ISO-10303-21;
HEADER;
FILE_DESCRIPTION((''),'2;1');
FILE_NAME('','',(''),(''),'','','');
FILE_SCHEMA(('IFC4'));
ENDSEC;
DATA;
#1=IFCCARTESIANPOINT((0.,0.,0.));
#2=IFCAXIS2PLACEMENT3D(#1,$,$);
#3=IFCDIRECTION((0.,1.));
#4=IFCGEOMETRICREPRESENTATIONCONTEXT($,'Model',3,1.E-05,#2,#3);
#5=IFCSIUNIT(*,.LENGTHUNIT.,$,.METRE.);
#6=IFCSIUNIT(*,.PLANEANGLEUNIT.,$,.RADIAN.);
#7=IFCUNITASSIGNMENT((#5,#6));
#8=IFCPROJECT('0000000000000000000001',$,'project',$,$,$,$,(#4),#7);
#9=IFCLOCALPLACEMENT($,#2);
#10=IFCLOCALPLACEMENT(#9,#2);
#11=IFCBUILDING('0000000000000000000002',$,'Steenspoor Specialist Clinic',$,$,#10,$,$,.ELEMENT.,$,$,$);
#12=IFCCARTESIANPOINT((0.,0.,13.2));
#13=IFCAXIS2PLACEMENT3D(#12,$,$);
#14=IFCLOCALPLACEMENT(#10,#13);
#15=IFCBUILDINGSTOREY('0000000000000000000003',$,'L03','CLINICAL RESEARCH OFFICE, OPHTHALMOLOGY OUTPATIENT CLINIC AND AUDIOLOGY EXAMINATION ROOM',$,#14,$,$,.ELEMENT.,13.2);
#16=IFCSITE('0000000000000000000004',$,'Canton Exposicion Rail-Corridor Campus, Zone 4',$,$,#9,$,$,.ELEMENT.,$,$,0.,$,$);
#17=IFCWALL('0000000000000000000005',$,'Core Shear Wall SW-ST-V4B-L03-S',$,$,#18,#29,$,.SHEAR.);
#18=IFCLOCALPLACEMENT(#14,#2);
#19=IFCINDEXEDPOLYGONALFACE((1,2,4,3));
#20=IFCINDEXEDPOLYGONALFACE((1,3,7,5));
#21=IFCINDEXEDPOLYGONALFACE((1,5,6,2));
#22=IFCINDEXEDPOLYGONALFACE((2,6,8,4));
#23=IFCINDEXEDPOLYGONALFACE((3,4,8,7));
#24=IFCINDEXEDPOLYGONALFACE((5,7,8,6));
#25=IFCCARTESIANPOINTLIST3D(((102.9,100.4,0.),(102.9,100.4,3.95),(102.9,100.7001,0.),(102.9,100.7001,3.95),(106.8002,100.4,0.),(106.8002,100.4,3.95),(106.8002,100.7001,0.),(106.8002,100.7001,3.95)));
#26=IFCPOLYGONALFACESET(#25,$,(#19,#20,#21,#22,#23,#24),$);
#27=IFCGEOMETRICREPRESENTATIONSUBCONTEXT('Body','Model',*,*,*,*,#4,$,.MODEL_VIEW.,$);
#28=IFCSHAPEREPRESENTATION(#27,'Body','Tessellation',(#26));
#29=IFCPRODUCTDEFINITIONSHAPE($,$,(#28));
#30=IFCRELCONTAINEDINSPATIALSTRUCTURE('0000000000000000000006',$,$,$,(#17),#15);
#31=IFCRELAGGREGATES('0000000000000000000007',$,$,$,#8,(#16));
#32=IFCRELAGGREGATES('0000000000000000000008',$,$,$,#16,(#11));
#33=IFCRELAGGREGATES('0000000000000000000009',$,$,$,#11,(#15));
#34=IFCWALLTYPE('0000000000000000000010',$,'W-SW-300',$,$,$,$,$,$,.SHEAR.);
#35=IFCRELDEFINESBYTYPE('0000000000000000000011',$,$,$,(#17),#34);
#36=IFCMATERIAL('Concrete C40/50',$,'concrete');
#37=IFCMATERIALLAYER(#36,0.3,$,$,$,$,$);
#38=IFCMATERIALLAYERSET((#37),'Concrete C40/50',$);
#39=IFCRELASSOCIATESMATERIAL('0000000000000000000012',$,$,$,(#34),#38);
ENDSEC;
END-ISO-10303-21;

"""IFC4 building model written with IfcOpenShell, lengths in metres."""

from ifc_helpers import new_model, si_unit, direction, frame, frame_2d, origin, place, context, subcontext, project, spatial, rectangle, extrude, material, layer, layer_set, type_object, element, save


model = new_model("IFC4")

# Units and contexts
model_context = context("Model", 3, precision=1e-05, world=origin(), true_north=direction((0.0, 1.0)))
body_context = subcontext(model_context, "Body", "Model", "MODEL_VIEW")
ifc_project = project(units=[si_unit("LENGTHUNIT", "METRE"), si_unit("PLANEANGLEUNIT", "RADIAN")], contexts=[model_context])

# Site, building, storey
site_placement = place(None, origin())
site = spatial("IfcSite", under=ifc_project, at=site_placement, Name="Canton Exposicion Rail-Corridor Campus, Zone 4", CompositionType="ELEMENT", RefElevation=0.0)
building_placement = place(site_placement, origin())
building = spatial("IfcBuilding", under=site, at=building_placement, Name="Steenspoor Specialist Clinic", CompositionType="ELEMENT")
storey_placement = place(building_placement, frame((0.0, 0.0, 13.2)))
storey = spatial("IfcBuildingStorey", under=building, at=storey_placement, Name="L03", Description="CLINICAL RESEARCH OFFICE, OPHTHALMOLOGY OUTPATIENT CLINIC AND AUDIOLOGY EXAMINATION ROOM", CompositionType="ELEMENT", Elevation=13.2)

# Shared definitions
ifc_material_1 = material(Name="Concrete C40/50", Category="concrete")

# Wall
ifc_layer_1 = layer(ifc_material_1, 0.3)
ifc_layer_set_1 = layer_set([ifc_layer_1], Name="Concrete C40/50")
wall_type_1 = type_object("IfcWallType", Name="W-SW-300", PredefinedType="SHEAR", material=ifc_layer_set_1)
wall_1_placement = place(storey_placement, frame((102.8999, 100.55, 0.0), z_axis=(0.0, 0.0, 1.0), x_axis=(1.0, 0.0, 0.0)))
element("IfcWall", 1, at=wall_1_placement, inside=storey, type_object=wall_type_1, Name="Core Shear Wall SW-ST-V4B-L03-S", PredefinedType="SHEAR", context=body_context, shape_type="SweptSolid", body=[
    extrude(rectangle(XDim=3.9001, YDim=0.3, at=frame_2d((1.9502, 0.0))), origin(), (0.0, 0.0, 1.0), 3.95),
])

save(model, "model.ifc")
